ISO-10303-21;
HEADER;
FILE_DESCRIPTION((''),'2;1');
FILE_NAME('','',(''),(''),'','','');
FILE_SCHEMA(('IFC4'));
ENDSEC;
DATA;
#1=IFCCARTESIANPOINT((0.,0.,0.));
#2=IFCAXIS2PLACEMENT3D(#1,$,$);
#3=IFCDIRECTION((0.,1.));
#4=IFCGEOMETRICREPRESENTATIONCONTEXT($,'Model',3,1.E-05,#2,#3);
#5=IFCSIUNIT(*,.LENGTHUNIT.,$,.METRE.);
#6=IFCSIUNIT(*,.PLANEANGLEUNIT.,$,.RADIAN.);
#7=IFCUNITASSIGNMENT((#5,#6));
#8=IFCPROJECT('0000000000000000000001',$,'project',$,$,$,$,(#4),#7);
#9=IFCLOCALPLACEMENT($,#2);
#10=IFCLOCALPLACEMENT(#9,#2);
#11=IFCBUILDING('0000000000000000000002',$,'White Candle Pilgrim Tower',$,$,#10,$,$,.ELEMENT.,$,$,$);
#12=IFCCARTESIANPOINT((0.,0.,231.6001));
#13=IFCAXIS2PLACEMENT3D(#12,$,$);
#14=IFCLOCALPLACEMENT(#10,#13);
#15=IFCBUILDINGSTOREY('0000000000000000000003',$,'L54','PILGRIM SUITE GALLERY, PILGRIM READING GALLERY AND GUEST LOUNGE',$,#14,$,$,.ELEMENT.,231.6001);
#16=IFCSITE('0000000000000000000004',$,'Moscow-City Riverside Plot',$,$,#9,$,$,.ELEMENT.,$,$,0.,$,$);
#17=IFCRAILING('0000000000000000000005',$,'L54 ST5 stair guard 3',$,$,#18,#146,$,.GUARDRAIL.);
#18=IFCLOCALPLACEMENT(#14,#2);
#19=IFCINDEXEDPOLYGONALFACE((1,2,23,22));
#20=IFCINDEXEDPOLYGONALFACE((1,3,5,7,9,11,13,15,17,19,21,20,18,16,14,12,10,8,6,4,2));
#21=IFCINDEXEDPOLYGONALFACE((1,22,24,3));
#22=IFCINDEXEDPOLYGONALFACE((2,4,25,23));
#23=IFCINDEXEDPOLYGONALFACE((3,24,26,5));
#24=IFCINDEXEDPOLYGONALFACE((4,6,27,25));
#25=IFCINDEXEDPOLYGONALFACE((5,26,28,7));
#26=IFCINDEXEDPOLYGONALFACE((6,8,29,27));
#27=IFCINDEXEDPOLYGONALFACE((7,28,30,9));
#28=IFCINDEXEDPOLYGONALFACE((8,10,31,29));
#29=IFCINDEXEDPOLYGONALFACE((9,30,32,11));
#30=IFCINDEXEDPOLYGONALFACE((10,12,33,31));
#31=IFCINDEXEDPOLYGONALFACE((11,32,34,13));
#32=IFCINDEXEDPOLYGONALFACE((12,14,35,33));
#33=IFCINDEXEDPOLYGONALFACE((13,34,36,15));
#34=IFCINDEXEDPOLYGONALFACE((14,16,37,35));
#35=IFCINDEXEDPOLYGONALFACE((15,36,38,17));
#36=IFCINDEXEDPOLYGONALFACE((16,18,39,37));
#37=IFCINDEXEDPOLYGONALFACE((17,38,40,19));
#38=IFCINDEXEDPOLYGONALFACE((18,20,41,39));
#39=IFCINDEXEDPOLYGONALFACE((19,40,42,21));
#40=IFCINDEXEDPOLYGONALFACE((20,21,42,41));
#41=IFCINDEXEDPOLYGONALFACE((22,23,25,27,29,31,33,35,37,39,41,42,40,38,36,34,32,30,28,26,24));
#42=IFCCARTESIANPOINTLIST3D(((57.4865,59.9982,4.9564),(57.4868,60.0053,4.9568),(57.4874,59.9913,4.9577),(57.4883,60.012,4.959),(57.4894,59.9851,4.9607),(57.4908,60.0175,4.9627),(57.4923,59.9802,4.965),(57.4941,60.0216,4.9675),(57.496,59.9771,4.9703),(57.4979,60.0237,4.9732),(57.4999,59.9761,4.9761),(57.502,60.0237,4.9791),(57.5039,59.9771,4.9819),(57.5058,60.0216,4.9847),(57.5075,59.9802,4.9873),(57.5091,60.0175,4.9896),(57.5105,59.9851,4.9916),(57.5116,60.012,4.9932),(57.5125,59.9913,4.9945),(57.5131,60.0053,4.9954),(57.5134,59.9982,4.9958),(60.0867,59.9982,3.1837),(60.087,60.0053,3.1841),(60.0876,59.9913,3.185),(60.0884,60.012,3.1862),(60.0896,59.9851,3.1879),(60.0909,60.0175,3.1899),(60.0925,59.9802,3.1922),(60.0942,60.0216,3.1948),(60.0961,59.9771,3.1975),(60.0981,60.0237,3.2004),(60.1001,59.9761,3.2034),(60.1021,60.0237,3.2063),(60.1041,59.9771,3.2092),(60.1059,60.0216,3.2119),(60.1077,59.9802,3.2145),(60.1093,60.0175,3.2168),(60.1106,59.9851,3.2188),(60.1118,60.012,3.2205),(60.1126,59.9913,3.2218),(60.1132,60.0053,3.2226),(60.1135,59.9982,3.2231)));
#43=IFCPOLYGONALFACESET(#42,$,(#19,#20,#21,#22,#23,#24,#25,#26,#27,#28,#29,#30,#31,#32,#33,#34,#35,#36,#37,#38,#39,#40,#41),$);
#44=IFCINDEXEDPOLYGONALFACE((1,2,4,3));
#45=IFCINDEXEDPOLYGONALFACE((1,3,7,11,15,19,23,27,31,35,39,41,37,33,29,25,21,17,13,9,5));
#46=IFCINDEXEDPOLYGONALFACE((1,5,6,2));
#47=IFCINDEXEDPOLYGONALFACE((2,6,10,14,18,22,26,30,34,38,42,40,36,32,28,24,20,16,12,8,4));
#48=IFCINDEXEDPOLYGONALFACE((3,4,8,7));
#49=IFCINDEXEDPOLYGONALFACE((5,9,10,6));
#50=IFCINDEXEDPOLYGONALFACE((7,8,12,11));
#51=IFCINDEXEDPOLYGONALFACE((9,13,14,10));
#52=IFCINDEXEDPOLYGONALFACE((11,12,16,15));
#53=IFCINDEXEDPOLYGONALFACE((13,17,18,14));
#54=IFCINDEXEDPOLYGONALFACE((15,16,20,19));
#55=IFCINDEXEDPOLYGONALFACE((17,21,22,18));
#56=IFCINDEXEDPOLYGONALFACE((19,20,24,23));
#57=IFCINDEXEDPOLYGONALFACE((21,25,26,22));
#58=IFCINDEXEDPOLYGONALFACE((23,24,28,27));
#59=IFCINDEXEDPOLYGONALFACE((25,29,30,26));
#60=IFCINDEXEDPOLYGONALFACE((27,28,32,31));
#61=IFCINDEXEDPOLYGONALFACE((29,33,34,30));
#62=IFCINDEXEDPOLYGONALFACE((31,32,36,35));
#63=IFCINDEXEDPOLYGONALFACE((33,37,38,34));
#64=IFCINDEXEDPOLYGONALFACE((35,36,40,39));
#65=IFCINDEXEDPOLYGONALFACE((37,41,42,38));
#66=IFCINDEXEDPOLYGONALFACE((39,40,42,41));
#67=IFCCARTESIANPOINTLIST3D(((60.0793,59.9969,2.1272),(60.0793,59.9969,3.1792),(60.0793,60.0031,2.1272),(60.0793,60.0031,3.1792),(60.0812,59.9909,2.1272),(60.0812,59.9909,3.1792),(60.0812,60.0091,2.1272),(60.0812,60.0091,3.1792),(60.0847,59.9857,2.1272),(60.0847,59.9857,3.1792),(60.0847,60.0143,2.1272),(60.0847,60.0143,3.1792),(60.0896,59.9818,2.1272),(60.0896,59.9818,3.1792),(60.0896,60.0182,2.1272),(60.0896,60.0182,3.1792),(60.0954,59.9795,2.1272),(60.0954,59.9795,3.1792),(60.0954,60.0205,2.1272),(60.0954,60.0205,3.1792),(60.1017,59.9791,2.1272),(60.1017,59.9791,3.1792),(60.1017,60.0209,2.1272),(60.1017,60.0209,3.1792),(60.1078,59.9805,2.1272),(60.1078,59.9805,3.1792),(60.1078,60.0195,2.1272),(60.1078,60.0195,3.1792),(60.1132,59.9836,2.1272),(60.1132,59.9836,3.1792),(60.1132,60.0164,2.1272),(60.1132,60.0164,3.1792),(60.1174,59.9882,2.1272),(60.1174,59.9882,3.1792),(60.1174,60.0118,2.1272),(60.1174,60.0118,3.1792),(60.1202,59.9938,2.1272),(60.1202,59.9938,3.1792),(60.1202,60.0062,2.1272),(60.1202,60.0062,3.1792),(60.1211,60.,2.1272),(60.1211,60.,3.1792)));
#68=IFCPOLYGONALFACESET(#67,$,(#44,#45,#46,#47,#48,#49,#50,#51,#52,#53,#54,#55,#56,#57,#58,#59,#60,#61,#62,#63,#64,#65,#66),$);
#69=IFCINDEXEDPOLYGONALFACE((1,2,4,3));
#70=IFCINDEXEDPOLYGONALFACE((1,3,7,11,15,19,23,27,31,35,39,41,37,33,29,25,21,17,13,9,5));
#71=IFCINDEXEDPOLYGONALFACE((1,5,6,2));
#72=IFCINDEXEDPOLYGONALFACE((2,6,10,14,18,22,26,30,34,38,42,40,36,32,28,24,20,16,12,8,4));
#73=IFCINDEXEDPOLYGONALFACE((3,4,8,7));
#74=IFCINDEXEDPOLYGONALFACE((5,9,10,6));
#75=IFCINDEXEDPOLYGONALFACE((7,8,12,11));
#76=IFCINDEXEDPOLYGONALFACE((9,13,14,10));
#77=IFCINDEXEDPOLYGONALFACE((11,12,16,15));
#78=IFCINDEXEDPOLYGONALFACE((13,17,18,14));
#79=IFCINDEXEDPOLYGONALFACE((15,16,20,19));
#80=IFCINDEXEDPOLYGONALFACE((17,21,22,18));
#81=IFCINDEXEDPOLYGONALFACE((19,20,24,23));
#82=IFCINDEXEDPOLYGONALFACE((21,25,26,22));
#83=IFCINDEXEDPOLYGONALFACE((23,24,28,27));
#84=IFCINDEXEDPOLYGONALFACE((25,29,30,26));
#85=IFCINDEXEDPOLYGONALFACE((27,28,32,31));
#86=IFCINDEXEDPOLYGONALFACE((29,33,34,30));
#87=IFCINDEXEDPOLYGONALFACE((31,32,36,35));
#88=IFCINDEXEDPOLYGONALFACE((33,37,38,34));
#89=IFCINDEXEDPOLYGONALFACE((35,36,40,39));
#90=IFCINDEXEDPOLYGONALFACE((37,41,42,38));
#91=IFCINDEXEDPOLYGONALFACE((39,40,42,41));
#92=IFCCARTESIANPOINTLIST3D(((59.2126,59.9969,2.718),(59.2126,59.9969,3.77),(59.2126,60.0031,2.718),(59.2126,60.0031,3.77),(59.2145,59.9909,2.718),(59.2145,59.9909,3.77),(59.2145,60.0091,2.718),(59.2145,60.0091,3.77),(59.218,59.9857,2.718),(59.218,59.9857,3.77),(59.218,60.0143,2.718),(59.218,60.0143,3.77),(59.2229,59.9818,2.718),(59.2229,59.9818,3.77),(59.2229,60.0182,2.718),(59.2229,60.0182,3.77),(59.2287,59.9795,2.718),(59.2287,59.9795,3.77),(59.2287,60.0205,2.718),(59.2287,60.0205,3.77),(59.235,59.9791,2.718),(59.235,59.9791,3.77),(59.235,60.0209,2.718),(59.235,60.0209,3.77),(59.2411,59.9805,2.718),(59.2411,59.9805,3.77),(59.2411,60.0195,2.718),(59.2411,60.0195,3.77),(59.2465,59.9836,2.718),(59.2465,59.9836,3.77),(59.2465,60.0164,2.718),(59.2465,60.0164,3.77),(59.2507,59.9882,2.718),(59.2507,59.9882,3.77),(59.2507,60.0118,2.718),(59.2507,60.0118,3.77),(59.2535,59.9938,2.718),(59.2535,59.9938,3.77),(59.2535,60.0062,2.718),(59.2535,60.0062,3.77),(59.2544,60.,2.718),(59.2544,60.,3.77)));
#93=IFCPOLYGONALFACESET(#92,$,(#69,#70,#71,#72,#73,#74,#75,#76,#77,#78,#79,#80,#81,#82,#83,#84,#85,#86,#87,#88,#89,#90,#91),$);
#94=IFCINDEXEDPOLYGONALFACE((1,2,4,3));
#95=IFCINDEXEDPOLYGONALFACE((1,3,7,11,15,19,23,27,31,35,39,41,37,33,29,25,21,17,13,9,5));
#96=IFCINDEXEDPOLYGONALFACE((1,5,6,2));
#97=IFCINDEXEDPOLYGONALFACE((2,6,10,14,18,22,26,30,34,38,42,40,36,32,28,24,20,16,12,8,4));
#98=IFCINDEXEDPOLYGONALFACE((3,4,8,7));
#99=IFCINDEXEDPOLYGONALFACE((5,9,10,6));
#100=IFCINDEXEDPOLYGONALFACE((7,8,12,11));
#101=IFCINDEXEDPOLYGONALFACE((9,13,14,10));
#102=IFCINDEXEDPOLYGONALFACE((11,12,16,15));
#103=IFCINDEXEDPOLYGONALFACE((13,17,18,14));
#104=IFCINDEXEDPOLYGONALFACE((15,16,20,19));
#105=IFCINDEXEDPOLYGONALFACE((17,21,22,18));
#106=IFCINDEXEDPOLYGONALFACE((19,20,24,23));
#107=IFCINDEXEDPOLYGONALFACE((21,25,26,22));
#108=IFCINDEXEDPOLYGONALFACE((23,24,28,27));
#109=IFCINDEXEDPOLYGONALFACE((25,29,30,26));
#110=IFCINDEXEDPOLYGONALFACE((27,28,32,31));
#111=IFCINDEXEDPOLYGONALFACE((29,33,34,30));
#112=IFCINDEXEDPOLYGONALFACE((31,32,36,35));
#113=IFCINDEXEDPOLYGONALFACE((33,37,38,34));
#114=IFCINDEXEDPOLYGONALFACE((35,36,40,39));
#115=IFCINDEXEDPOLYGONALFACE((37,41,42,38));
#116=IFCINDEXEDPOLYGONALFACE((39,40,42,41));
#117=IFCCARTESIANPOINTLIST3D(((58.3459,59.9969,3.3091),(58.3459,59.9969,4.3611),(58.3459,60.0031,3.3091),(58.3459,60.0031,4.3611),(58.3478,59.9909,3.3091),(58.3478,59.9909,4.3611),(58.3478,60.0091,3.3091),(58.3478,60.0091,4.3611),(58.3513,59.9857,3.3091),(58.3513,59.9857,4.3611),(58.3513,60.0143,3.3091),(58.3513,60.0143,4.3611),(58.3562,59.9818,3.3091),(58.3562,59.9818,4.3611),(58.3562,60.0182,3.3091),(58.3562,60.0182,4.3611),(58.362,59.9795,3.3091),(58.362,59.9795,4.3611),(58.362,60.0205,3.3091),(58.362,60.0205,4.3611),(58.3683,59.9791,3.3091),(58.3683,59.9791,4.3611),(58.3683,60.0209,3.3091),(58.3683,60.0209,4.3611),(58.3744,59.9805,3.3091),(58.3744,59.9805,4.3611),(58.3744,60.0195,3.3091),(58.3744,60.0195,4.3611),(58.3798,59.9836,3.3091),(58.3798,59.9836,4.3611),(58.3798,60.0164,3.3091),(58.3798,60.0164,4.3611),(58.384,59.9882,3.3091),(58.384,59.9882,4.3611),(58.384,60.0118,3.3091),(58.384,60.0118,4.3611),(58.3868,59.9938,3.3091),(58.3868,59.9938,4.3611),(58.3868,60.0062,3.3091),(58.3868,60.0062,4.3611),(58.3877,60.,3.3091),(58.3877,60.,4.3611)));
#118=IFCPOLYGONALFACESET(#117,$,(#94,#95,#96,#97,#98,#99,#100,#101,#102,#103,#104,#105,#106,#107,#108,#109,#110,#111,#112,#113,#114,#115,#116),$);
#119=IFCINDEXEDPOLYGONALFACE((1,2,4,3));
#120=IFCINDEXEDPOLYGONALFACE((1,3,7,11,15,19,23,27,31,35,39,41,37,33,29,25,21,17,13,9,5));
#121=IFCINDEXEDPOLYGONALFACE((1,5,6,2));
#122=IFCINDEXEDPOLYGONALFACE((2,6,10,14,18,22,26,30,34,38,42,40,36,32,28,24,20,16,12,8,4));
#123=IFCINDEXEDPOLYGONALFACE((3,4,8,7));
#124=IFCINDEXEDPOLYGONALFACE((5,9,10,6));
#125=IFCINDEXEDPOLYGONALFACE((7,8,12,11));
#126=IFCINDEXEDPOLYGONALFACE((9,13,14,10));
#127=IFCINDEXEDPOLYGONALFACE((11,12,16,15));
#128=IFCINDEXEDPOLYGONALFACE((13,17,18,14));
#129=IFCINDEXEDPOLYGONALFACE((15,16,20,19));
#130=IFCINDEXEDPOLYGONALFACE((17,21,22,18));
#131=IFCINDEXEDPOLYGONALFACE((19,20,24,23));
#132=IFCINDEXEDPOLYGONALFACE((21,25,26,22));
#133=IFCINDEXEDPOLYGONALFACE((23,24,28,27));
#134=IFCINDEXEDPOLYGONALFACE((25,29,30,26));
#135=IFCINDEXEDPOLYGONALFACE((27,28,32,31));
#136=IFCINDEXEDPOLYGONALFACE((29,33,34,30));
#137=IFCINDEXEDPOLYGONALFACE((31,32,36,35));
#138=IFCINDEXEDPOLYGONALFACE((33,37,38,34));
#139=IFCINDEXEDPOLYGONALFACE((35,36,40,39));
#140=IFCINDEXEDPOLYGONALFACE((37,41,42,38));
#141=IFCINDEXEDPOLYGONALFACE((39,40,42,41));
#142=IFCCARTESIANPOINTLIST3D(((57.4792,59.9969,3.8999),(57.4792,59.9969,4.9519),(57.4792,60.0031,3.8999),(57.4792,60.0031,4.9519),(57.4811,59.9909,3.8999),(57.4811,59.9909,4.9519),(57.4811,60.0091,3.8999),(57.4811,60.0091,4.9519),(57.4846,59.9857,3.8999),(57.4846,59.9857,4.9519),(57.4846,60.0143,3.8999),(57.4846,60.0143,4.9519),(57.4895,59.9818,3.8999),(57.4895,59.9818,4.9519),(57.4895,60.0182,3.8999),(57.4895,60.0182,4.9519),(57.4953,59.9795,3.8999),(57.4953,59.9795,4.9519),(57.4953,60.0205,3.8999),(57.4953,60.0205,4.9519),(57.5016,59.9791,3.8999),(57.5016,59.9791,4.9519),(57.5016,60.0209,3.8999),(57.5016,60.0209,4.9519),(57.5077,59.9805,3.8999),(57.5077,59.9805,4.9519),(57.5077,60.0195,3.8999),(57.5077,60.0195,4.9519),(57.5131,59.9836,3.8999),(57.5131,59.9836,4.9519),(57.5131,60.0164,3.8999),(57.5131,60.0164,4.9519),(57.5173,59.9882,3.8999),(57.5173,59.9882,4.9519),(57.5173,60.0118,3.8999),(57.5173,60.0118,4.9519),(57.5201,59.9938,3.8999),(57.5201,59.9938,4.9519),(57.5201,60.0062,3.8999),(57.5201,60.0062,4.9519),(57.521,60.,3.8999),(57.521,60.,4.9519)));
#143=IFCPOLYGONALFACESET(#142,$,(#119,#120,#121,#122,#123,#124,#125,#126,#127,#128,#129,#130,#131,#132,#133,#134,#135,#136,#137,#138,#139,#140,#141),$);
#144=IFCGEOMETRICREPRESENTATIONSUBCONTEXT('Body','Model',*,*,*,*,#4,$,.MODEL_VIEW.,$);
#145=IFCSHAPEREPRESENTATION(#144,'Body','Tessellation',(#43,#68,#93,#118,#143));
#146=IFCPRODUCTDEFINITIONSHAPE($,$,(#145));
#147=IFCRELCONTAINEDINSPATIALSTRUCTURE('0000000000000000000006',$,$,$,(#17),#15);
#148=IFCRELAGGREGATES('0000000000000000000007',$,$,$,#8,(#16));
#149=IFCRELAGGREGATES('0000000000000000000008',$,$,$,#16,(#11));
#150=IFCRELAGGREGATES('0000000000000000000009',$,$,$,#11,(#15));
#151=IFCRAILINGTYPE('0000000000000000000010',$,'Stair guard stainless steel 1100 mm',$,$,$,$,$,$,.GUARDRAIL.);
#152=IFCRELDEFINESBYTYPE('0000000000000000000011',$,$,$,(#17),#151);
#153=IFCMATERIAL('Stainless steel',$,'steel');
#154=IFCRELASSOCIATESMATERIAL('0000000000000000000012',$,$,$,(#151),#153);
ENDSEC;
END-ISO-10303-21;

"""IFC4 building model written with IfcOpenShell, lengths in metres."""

from ifc_helpers import new_model, si_unit, direction, frame, origin, origin_2d, place, context, subcontext, project, spatial, circle, extrude, material, type_object, element, save


model = new_model("IFC4")

# Units and contexts
model_context = context("Model", 3, precision=1e-05, world=origin(), true_north=direction((0.0, 1.0)))
body_context = subcontext(model_context, "Body", "Model", "MODEL_VIEW")
ifc_project = project(units=[si_unit("LENGTHUNIT", "METRE"), si_unit("PLANEANGLEUNIT", "RADIAN")], contexts=[model_context])

# Site, building, storey
site_placement = place(None, origin())
site = spatial("IfcSite", under=ifc_project, at=site_placement, Name="Moscow-City Riverside Plot", CompositionType="ELEMENT", RefElevation=0.0)
building_placement = place(site_placement, origin())
building = spatial("IfcBuilding", under=site, at=building_placement, Name="White Candle Pilgrim Tower", CompositionType="ELEMENT")
storey_placement = place(building_placement, frame((0.0, 0.0, 231.6001)))
storey = spatial("IfcBuildingStorey", under=building, at=storey_placement, Name="L54", Description="PILGRIM SUITE GALLERY, PILGRIM READING GALLERY AND GUEST LOUNGE", CompositionType="ELEMENT", Elevation=231.6001)

# Railing
ifc_material_1 = material(Name="Stainless steel", Category="steel")
railing_type_1 = type_object("IfcRailingType", Name="Stair guard stainless steel 1100 mm", PredefinedType="GUARDRAIL", material=ifc_material_1)
railing_1_placement = place(storey_placement, frame((60.1001, 60.0, 2.1272)))
element("IfcRailing", 1, at=railing_1_placement, inside=storey, type_object=railing_type_1, Name="L54 ST5 stair guard 3", PredefinedType="GUARDRAIL", context=body_context, shape_type="SweptSolid", body=[
    extrude(circle(Radius=0.0239, at=origin_2d()), frame((0.0, 0.0, 1.0762), z_axis=(-0.82624, 0.0, 0.563318), x_axis=(0.0, -1.0, 0.0)), (0.0, 0.0, 1.0), 3.147),
    extrude(circle(Radius=0.021, at=origin_2d()), origin(), (0.0, 0.0, 1.0), 1.052),
    extrude(circle(Radius=0.021, at=origin_2d()), frame((-0.8667, 0.0, 0.5908)), (0.0, 0.0, 1.0), 1.052),
    extrude(circle(Radius=0.021, at=origin_2d()), frame((-1.7334, 0.0, 1.1819)), (0.0, 0.0, 1.0), 1.052),
    extrude(circle(Radius=0.021, at=origin_2d()), frame((-2.6001, 0.0, 1.7727)), (0.0, 0.0, 1.0), 1.052),
])

save(model, "model.ifc")
